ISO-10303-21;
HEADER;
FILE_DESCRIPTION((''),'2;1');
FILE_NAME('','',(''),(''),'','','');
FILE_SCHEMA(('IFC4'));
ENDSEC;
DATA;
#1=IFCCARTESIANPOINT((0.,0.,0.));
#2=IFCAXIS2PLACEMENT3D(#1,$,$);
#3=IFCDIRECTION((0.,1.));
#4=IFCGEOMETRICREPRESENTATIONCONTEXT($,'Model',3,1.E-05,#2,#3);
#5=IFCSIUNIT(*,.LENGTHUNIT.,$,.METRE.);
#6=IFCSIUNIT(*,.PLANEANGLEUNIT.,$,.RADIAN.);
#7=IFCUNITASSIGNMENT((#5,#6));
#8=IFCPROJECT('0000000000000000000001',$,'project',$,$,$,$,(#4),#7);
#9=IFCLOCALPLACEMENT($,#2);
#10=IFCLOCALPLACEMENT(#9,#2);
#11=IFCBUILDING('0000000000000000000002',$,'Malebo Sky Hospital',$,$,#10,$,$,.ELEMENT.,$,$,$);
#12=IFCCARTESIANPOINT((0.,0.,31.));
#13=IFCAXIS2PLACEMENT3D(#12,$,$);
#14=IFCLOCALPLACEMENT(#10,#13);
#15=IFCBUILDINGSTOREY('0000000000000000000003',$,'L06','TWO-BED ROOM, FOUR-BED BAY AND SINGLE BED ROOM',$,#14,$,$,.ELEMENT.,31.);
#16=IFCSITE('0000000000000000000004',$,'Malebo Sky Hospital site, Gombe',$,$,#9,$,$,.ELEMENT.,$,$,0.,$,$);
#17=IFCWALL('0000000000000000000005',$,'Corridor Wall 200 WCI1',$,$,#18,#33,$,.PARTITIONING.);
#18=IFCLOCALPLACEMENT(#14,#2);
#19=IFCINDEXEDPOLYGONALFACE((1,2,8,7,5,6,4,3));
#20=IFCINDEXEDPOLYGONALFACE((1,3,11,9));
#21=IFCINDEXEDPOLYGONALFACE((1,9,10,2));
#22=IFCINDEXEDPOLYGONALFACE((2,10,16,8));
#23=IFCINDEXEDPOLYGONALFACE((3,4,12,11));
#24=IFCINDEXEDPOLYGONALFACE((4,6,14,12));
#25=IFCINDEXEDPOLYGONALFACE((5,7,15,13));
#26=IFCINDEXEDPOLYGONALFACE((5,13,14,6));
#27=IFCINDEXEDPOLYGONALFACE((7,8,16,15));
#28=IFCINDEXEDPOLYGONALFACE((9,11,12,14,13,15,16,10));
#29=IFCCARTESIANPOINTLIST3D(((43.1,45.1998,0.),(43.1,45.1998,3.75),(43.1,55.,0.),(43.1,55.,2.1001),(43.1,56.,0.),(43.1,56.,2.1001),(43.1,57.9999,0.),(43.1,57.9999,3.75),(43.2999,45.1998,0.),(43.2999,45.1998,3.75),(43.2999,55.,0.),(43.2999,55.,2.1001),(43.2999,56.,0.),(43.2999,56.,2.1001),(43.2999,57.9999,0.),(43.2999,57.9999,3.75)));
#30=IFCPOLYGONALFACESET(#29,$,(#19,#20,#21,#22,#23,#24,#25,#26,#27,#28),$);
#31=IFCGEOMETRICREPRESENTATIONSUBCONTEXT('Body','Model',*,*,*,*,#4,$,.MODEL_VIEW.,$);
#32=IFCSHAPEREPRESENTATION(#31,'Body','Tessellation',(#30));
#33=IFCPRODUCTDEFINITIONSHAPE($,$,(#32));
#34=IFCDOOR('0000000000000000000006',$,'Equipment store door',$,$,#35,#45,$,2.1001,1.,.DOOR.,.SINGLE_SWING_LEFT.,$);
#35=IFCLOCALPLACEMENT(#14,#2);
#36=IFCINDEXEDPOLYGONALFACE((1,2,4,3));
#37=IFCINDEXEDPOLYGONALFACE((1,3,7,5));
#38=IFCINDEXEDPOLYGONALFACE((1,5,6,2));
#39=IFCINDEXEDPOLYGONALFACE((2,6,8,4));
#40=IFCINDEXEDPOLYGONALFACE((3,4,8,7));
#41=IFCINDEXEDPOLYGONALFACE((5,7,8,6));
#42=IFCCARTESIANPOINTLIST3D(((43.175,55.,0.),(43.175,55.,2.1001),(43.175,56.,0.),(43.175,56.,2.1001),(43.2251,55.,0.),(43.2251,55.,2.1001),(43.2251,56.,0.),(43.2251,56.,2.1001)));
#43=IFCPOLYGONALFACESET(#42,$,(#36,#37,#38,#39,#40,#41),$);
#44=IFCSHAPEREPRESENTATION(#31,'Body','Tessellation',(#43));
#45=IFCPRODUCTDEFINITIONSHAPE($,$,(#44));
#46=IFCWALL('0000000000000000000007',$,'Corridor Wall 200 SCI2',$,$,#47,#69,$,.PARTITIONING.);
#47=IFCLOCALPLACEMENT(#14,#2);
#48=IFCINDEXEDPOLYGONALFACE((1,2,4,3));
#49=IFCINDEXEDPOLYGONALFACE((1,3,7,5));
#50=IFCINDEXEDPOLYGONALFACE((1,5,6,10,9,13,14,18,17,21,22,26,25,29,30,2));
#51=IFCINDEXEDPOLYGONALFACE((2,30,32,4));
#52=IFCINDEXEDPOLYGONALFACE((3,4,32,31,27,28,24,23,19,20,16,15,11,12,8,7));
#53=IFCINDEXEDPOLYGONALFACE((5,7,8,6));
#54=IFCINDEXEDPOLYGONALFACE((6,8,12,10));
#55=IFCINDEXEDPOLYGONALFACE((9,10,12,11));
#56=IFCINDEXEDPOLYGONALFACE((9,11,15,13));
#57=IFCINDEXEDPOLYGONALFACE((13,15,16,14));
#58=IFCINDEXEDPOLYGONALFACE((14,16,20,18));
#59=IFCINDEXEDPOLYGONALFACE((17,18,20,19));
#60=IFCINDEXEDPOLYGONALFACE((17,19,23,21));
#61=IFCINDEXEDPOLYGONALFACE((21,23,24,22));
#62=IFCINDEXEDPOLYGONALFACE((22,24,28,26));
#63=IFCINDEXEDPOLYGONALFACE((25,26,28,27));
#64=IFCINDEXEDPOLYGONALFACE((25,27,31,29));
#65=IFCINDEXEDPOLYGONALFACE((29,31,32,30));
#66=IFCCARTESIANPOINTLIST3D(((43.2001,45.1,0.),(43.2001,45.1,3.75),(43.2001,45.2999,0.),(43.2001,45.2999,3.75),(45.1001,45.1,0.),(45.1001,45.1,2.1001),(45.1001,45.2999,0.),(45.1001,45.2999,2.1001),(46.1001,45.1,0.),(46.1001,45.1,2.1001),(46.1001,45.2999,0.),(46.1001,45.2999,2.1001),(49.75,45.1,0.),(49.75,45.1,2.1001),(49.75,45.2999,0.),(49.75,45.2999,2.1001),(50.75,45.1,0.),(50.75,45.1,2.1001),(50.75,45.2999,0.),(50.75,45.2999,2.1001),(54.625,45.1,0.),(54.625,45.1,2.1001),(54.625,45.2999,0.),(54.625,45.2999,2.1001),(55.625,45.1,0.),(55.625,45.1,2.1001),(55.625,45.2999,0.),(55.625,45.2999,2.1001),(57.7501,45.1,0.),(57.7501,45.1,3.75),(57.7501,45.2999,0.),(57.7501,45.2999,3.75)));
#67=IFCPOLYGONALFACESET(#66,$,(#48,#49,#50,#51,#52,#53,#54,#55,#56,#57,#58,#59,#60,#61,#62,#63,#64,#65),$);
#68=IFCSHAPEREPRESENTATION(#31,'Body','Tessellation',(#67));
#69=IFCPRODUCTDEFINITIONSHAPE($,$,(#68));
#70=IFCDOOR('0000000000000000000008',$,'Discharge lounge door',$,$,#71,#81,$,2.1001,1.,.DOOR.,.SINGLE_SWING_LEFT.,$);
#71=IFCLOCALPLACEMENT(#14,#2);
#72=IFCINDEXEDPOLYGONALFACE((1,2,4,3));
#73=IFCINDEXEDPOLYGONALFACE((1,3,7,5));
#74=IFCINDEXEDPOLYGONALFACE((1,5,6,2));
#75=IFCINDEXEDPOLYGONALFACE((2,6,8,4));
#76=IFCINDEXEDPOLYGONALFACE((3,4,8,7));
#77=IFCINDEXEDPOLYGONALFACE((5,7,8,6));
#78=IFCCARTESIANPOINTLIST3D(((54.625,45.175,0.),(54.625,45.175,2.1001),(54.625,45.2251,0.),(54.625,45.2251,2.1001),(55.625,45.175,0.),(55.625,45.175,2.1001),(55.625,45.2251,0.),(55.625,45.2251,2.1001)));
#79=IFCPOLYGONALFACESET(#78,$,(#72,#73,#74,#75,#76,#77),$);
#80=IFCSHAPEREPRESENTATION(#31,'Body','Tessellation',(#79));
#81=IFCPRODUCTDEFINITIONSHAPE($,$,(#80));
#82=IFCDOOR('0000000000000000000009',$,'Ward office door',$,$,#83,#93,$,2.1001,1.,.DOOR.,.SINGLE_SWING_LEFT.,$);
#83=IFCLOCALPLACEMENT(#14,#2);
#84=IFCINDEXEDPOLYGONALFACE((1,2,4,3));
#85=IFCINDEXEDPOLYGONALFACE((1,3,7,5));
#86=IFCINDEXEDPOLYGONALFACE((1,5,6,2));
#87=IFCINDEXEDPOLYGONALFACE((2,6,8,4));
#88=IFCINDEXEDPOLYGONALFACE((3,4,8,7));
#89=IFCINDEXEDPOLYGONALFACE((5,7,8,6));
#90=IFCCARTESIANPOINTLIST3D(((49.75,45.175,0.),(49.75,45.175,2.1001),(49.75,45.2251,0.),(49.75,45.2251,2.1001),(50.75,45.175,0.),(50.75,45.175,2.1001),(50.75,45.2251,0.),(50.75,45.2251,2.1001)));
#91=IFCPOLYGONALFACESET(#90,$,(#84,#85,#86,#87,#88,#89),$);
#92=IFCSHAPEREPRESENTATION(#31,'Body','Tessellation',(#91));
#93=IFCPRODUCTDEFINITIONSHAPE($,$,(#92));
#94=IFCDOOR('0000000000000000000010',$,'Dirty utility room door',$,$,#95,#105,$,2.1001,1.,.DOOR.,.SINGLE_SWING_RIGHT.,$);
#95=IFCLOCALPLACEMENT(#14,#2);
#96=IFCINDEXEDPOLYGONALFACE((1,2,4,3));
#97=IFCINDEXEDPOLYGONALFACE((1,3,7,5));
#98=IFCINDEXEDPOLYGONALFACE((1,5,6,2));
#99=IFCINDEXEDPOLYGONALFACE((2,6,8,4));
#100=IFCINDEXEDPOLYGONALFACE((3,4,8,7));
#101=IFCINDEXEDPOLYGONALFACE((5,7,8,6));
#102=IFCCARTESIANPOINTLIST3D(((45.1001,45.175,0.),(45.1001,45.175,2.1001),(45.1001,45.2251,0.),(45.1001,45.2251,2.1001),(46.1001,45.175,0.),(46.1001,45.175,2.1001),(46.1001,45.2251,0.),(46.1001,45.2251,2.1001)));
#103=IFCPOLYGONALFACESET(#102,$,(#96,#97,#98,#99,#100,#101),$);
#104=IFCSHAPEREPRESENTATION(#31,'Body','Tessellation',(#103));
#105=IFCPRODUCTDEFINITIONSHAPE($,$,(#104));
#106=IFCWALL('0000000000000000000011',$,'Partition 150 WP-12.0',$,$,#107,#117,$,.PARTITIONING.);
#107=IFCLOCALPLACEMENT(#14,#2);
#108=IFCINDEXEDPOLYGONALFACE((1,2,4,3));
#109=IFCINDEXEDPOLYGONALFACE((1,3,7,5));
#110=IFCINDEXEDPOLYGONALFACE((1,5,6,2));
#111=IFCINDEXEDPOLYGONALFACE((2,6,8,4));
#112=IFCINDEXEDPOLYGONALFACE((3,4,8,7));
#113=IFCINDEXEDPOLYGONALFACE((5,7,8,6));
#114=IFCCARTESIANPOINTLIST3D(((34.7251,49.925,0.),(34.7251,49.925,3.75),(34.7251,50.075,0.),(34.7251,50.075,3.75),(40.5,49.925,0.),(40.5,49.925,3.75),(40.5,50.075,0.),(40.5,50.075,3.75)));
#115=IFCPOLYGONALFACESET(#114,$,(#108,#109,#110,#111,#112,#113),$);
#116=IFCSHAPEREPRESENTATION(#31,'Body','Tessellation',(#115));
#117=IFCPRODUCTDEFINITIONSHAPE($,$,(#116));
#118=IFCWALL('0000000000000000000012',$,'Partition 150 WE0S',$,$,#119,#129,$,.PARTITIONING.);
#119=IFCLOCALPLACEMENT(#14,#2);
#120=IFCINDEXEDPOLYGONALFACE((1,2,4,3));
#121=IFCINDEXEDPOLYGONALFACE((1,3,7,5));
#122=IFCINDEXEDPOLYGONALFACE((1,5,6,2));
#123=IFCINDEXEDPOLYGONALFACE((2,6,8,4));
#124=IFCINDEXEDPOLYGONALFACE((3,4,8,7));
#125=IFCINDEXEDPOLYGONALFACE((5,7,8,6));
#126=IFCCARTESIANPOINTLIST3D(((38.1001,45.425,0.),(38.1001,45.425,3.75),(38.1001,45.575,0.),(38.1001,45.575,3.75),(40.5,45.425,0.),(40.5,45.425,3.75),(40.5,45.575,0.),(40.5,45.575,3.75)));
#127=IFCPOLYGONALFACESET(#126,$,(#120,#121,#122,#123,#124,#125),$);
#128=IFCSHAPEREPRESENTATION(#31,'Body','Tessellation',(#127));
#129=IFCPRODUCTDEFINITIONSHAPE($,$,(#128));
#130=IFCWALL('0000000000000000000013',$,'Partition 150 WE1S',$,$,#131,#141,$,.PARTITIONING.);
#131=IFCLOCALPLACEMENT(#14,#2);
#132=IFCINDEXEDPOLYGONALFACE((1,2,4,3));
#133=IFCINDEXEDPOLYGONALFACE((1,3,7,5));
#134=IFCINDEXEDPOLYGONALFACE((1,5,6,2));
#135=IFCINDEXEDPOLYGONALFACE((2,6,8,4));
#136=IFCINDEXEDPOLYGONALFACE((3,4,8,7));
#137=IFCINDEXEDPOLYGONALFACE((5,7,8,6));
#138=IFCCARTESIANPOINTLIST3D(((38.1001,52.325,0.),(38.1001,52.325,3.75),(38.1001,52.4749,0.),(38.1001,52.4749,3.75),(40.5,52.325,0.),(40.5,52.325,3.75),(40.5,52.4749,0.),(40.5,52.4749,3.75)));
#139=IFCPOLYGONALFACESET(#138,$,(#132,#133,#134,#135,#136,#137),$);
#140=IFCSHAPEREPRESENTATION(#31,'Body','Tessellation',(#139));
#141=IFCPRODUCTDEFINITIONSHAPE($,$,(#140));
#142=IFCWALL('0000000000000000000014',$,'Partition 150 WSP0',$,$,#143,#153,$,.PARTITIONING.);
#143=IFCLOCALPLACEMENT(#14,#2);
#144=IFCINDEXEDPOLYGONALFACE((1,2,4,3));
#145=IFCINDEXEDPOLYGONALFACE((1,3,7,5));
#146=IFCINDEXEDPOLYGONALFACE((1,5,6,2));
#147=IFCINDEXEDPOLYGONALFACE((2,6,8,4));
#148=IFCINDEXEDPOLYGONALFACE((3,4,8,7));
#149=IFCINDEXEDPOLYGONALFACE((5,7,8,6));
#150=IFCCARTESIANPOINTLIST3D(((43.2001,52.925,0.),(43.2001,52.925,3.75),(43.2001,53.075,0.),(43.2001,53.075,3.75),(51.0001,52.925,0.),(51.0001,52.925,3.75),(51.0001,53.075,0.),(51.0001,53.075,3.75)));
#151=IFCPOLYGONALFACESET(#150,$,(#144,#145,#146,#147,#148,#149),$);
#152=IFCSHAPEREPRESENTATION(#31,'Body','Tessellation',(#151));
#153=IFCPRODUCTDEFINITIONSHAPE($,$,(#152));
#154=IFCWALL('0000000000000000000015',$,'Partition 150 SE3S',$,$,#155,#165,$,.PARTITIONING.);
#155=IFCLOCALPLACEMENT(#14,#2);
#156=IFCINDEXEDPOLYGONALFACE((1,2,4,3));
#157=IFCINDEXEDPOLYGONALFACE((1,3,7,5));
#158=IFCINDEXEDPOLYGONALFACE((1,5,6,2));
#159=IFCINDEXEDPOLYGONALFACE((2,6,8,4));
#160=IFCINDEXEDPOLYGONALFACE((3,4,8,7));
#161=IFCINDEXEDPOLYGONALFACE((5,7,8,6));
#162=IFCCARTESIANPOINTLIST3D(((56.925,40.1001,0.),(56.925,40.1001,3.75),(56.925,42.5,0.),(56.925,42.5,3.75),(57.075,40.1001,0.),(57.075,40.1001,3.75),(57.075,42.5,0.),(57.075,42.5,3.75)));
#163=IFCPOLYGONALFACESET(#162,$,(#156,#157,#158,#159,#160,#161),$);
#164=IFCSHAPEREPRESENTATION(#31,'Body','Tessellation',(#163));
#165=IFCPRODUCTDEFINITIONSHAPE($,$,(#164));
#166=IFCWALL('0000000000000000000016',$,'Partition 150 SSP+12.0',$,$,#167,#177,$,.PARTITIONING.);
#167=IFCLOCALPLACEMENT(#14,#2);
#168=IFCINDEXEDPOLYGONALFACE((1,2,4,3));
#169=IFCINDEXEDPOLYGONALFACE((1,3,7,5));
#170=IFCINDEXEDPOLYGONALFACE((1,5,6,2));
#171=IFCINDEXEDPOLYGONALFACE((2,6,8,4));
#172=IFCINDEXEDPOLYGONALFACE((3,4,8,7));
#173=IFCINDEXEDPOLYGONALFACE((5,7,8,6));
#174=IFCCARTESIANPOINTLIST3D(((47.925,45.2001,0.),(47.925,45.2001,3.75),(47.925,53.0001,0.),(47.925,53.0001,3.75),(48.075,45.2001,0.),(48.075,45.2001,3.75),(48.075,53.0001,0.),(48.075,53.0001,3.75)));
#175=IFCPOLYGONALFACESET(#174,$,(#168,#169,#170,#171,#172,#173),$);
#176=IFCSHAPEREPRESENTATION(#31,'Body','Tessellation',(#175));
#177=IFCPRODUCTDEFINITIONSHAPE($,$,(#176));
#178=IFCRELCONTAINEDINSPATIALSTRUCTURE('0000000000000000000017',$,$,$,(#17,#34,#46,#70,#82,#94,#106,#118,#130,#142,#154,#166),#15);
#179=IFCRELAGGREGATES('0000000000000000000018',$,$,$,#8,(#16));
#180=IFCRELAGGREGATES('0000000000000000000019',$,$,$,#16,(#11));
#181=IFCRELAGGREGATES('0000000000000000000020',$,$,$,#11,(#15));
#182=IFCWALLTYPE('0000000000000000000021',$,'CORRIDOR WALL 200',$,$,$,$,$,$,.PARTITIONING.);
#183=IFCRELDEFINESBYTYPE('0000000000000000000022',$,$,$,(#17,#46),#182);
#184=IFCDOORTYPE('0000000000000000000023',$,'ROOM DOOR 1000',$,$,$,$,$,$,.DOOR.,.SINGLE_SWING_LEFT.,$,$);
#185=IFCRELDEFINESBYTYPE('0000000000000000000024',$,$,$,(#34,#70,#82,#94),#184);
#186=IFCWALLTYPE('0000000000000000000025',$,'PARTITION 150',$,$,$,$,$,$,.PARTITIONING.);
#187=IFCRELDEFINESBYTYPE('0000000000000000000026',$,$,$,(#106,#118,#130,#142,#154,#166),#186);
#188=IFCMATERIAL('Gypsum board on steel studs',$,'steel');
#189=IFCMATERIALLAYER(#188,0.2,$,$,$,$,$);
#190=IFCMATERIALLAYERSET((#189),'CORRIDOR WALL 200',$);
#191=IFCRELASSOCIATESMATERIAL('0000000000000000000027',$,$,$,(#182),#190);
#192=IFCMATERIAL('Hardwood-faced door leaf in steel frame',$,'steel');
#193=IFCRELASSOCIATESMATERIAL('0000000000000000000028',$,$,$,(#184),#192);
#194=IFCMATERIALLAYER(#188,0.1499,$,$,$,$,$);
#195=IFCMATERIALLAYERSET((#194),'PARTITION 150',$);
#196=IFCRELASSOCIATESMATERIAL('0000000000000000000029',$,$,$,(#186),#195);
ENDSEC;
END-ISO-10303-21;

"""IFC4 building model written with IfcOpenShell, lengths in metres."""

from ifc_helpers import new_model, si_unit, direction, frame, frame_2d, origin, place, context, subcontext, project, spatial, rectangle, extrude, material, layer, layer_set, type_object, element, fill, save


model = new_model("IFC4")

# Units and contexts
model_context = context("Model", 3, precision=1e-05, world=origin(), true_north=direction((0.0, 1.0)))
body_context = subcontext(model_context, "Body", "Model", "MODEL_VIEW")
ifc_project = project(units=[si_unit("LENGTHUNIT", "METRE"), si_unit("PLANEANGLEUNIT", "RADIAN")], contexts=[model_context])

# Site, building, storey
site_placement = place(None, origin())
site = spatial("IfcSite", under=ifc_project, at=site_placement, Name="Malebo Sky Hospital site, Gombe", CompositionType="ELEMENT", RefElevation=0.0)
building_placement = place(site_placement, origin())
building = spatial("IfcBuilding", under=site, at=building_placement, Name="Malebo Sky Hospital", CompositionType="ELEMENT")
storey_placement = place(building_placement, frame((0.0, 0.0, 31.0)))
storey = spatial("IfcBuildingStorey", under=building, at=storey_placement, Name="L06", Description="TWO-BED ROOM, FOUR-BED BAY AND SINGLE BED ROOM", CompositionType="ELEMENT", Elevation=31.0)

# Wall, opening, door
ifc_material_1 = material(Name="Gypsum board on steel studs", Category="steel")
ifc_layer_1 = layer(ifc_material_1, 0.2)
ifc_layer_set_1 = layer_set([ifc_layer_1], Name="CORRIDOR WALL 200")
wall_type_1 = type_object("IfcWallType", Name="CORRIDOR WALL 200", PredefinedType="PARTITIONING", material=ifc_layer_set_1)
wall_1_placement = place(storey_placement, frame((43.2, 45.2, 0.0), z_axis=(0.0, 0.0, 1.0), x_axis=(0.0, 1.0, 0.0)))
wall_1 = element("IfcWall", 1, at=wall_1_placement, inside=storey, type_object=wall_type_1, Name="Corridor Wall 200 WCI1", PredefinedType="PARTITIONING", context=body_context, shape_type="SweptSolid", body=[
    extrude(rectangle(XDim=12.8, YDim=0.2, at=frame_2d((6.3999, 0.0))), origin(), (0.0, 0.0, 1.0), 3.75),
])
opening_1_placement = place(wall_1_placement, frame((9.8, 0.0, 0.0)))
opening_1 = element("IfcOpeningElement", 2, at=opening_1_placement, cuts=wall_1, PredefinedType="OPENING", context=body_context, shape_type="SweptSolid", body=[
    extrude(rectangle(XDim=1.0, YDim=2.1001, at=frame_2d((0.5, 1.05))), frame((0.0, 0.1099, 0.0), z_axis=(0.0, -1.0, 0.0), x_axis=(1.0, 0.0, 0.0)), (0.0, 0.0, 1.0), 0.22),
])
ifc_material_2 = material(Name="Hardwood-faced door leaf in steel frame", Category="steel")
door_type = type_object("IfcDoorType", Name="ROOM DOOR 1000", OperationType="SINGLE_SWING_LEFT", PredefinedType="DOOR", material=ifc_material_2)
door_1_placement = place(opening_1_placement, origin())
door_1 = element("IfcDoor", 3, at=door_1_placement, inside=storey, type_object=door_type, Name="Equipment store door", OperationType="SINGLE_SWING_LEFT", OverallHeight=2.1001, OverallWidth=1.0, PredefinedType="DOOR", context=body_context, shape_type="SweptSolid", body=[
    extrude(rectangle(XDim=1.0, YDim=2.1001, at=frame_2d((0.5, 1.05))), frame((0.0, 0.0249, 0.0), z_axis=(0.0, -1.0, 0.0), x_axis=(1.0, 0.0, 0.0)), (0.0, 0.0, 1.0), 0.05),
])
fill(opening_1, door_1)

# Wall, openings, doors
wall_2_placement = place(storey_placement, frame((57.75, 45.2, 0.0), z_axis=(0.0, 0.0, 1.0), x_axis=(-1.0, 0.0, 0.0)))
wall_2 = element("IfcWall", 4, at=wall_2_placement, inside=storey, type_object=wall_type_1, Name="Corridor Wall 200 SCI2", PredefinedType="PARTITIONING", context=body_context, shape_type="SweptSolid", body=[
    extrude(rectangle(XDim=14.55, YDim=0.2, at=frame_2d((7.2749, 0.0))), origin(), (0.0, 0.0, 1.0), 3.75),
])
opening_2_placement = place(wall_2_placement, frame((2.125, 0.0, 0.0)))
opening_2 = element("IfcOpeningElement", 5, at=opening_2_placement, cuts=wall_2, PredefinedType="OPENING", context=body_context, shape_type="SweptSolid", body=[
    extrude(rectangle(XDim=1.0, YDim=2.1001, at=frame_2d((0.5, 1.05))), frame((0.0, 0.1099, 0.0), z_axis=(0.0, -1.0, 0.0), x_axis=(1.0, 0.0, 0.0)), (0.0, 0.0, 1.0), 0.22),
])
opening_3_placement = place(wall_2_placement, frame((7.0, 0.0, 0.0)))
opening_3 = element("IfcOpeningElement", 6, at=opening_3_placement, cuts=wall_2, PredefinedType="OPENING", context=body_context, shape_type="SweptSolid", body=[
    extrude(rectangle(XDim=1.0, YDim=2.1001, at=frame_2d((0.5, 1.05))), frame((0.0, 0.1099, 0.0), z_axis=(0.0, -1.0, 0.0), x_axis=(1.0, 0.0, 0.0)), (0.0, 0.0, 1.0), 0.22),
])
opening_4_placement = place(wall_2_placement, frame((11.6499, 0.0, 0.0)))
opening_4 = element("IfcOpeningElement", 7, at=opening_4_placement, cuts=wall_2, PredefinedType="OPENING", context=body_context, shape_type="SweptSolid", body=[
    extrude(rectangle(XDim=1.0, YDim=2.1001, at=frame_2d((0.5, 1.05))), frame((0.0, 0.1099, 0.0), z_axis=(0.0, -1.0, 0.0), x_axis=(1.0, 0.0, 0.0)), (0.0, 0.0, 1.0), 0.22),
])
door_2_placement = place(opening_2_placement, origin())
door_2 = element("IfcDoor", 8, at=door_2_placement, inside=storey, type_object=door_type, Name="Discharge lounge door", OperationType="SINGLE_SWING_LEFT", OverallHeight=2.1001, OverallWidth=1.0, PredefinedType="DOOR", context=body_context, shape_type="SweptSolid", body=[
    extrude(rectangle(XDim=1.0, YDim=2.1001, at=frame_2d((0.5, 1.05))), frame((0.0, 0.0249, 0.0), z_axis=(0.0, -1.0, 0.0), x_axis=(1.0, 0.0, 0.0)), (0.0, 0.0, 1.0), 0.05),
])
fill(opening_2, door_2)
door_3_placement = place(opening_3_placement, origin())
door_3 = element("IfcDoor", 9, at=door_3_placement, inside=storey, type_object=door_type, Name="Ward office door", OperationType="SINGLE_SWING_LEFT", OverallHeight=2.1001, OverallWidth=1.0, PredefinedType="DOOR", context=body_context, shape_type="SweptSolid", body=[
    extrude(rectangle(XDim=1.0, YDim=2.1001, at=frame_2d((0.5, 1.05))), frame((0.0, 0.0249, 0.0), z_axis=(0.0, -1.0, 0.0), x_axis=(1.0, 0.0, 0.0)), (0.0, 0.0, 1.0), 0.05),
])
fill(opening_3, door_3)
door_4_placement = place(opening_4_placement, origin())
door_4 = element("IfcDoor", 10, at=door_4_placement, inside=storey, type_object=door_type, Name="Dirty utility room door", OperationType="SINGLE_SWING_RIGHT", OverallHeight=2.1001, OverallWidth=1.0, PredefinedType="DOOR", context=body_context, shape_type="SweptSolid", body=[
    extrude(rectangle(XDim=1.0, YDim=2.1001, at=frame_2d((0.5, 1.05))), frame((0.0, 0.0249, 0.0), z_axis=(0.0, -1.0, 0.0), x_axis=(1.0, 0.0, 0.0)), (0.0, 0.0, 1.0), 0.05),
])
fill(opening_4, door_4)

# Walls
ifc_layer_2 = layer(ifc_material_1, 0.1499)
ifc_layer_set_2 = layer_set([ifc_layer_2], Name="PARTITION 150")
wall_type_2 = type_object("IfcWallType", Name="PARTITION 150", PredefinedType="PARTITIONING", material=ifc_layer_set_2)
wall_3_placement = place(storey_placement, frame((40.5, 50.0, 0.0), z_axis=(0.0, 0.0, 1.0), x_axis=(-1.0, 0.0, 0.0)))
element("IfcWall", 11, at=wall_3_placement, inside=storey, type_object=wall_type_2, Name="Partition 150 WP-12.0", PredefinedType="PARTITIONING", context=body_context, shape_type="SweptSolid", body=[
    extrude(rectangle(XDim=5.7749, YDim=0.1499, at=frame_2d((2.8875, 0.0))), origin(), (0.0, 0.0, 1.0), 3.75),
])
for number, where, z_axis, x_axis, name in (
    (12, (40.5, 45.5, 0.0), (0.0, 0.0, 1.0), (-1.0, 0.0, 0.0), "Partition 150 WE0S"),
    (13, (40.5, 52.3999, 0.0), (0.0, 0.0, 1.0), (-1.0, 0.0, 0.0), "Partition 150 WE1S"),
):
    element("IfcWall", number, at=place(storey_placement, frame(where, z_axis=z_axis, x_axis=x_axis)), inside=storey, type_object=wall_type_2, Name=name, PredefinedType="PARTITIONING", context=body_context, shape_type="SweptSolid", body=[
        extrude(rectangle(XDim=2.3999, YDim=0.1499, at=frame_2d((1.2, 0.0))), origin(), (0.0, 0.0, 1.0), 3.75),
    ])
wall_4_placement = place(storey_placement, frame((51.0, 53.0, 0.0), z_axis=(0.0, 0.0, 1.0), x_axis=(-1.0, 0.0, 0.0)))
element("IfcWall", 14, at=wall_4_placement, inside=storey, type_object=wall_type_2, Name="Partition 150 WSP0", PredefinedType="PARTITIONING", context=body_context, shape_type="SweptSolid", body=[
    extrude(rectangle(XDim=7.8, YDim=0.1499, at=frame_2d((3.8999, 0.0))), origin(), (0.0, 0.0, 1.0), 3.75),
])
wall_5_placement = place(storey_placement, frame((57.0, 42.5, 0.0), z_axis=(0.0, 0.0, 1.0), x_axis=(0.0, -1.0, 0.0)))
element("IfcWall", 15, at=wall_5_placement, inside=storey, type_object=wall_type_2, Name="Partition 150 SE3S", PredefinedType="PARTITIONING", context=body_context, shape_type="SweptSolid", body=[
    extrude(rectangle(XDim=2.3999, YDim=0.1499, at=frame_2d((1.2, 0.0))), origin(), (0.0, 0.0, 1.0), 3.75),
])
wall_6_placement = place(storey_placement, frame((48.0, 53.0, 0.0), z_axis=(0.0, 0.0, 1.0), x_axis=(0.0, -1.0, 0.0)))
element("IfcWall", 16, at=wall_6_placement, inside=storey, type_object=wall_type_2, Name="Partition 150 SSP+12.0", PredefinedType="PARTITIONING", context=body_context, shape_type="SweptSolid", body=[
    extrude(rectangle(XDim=7.8, YDim=0.1499, at=frame_2d((3.8999, 0.0))), origin(), (0.0, 0.0, 1.0), 3.75),
])

save(model, "model.ifc")
